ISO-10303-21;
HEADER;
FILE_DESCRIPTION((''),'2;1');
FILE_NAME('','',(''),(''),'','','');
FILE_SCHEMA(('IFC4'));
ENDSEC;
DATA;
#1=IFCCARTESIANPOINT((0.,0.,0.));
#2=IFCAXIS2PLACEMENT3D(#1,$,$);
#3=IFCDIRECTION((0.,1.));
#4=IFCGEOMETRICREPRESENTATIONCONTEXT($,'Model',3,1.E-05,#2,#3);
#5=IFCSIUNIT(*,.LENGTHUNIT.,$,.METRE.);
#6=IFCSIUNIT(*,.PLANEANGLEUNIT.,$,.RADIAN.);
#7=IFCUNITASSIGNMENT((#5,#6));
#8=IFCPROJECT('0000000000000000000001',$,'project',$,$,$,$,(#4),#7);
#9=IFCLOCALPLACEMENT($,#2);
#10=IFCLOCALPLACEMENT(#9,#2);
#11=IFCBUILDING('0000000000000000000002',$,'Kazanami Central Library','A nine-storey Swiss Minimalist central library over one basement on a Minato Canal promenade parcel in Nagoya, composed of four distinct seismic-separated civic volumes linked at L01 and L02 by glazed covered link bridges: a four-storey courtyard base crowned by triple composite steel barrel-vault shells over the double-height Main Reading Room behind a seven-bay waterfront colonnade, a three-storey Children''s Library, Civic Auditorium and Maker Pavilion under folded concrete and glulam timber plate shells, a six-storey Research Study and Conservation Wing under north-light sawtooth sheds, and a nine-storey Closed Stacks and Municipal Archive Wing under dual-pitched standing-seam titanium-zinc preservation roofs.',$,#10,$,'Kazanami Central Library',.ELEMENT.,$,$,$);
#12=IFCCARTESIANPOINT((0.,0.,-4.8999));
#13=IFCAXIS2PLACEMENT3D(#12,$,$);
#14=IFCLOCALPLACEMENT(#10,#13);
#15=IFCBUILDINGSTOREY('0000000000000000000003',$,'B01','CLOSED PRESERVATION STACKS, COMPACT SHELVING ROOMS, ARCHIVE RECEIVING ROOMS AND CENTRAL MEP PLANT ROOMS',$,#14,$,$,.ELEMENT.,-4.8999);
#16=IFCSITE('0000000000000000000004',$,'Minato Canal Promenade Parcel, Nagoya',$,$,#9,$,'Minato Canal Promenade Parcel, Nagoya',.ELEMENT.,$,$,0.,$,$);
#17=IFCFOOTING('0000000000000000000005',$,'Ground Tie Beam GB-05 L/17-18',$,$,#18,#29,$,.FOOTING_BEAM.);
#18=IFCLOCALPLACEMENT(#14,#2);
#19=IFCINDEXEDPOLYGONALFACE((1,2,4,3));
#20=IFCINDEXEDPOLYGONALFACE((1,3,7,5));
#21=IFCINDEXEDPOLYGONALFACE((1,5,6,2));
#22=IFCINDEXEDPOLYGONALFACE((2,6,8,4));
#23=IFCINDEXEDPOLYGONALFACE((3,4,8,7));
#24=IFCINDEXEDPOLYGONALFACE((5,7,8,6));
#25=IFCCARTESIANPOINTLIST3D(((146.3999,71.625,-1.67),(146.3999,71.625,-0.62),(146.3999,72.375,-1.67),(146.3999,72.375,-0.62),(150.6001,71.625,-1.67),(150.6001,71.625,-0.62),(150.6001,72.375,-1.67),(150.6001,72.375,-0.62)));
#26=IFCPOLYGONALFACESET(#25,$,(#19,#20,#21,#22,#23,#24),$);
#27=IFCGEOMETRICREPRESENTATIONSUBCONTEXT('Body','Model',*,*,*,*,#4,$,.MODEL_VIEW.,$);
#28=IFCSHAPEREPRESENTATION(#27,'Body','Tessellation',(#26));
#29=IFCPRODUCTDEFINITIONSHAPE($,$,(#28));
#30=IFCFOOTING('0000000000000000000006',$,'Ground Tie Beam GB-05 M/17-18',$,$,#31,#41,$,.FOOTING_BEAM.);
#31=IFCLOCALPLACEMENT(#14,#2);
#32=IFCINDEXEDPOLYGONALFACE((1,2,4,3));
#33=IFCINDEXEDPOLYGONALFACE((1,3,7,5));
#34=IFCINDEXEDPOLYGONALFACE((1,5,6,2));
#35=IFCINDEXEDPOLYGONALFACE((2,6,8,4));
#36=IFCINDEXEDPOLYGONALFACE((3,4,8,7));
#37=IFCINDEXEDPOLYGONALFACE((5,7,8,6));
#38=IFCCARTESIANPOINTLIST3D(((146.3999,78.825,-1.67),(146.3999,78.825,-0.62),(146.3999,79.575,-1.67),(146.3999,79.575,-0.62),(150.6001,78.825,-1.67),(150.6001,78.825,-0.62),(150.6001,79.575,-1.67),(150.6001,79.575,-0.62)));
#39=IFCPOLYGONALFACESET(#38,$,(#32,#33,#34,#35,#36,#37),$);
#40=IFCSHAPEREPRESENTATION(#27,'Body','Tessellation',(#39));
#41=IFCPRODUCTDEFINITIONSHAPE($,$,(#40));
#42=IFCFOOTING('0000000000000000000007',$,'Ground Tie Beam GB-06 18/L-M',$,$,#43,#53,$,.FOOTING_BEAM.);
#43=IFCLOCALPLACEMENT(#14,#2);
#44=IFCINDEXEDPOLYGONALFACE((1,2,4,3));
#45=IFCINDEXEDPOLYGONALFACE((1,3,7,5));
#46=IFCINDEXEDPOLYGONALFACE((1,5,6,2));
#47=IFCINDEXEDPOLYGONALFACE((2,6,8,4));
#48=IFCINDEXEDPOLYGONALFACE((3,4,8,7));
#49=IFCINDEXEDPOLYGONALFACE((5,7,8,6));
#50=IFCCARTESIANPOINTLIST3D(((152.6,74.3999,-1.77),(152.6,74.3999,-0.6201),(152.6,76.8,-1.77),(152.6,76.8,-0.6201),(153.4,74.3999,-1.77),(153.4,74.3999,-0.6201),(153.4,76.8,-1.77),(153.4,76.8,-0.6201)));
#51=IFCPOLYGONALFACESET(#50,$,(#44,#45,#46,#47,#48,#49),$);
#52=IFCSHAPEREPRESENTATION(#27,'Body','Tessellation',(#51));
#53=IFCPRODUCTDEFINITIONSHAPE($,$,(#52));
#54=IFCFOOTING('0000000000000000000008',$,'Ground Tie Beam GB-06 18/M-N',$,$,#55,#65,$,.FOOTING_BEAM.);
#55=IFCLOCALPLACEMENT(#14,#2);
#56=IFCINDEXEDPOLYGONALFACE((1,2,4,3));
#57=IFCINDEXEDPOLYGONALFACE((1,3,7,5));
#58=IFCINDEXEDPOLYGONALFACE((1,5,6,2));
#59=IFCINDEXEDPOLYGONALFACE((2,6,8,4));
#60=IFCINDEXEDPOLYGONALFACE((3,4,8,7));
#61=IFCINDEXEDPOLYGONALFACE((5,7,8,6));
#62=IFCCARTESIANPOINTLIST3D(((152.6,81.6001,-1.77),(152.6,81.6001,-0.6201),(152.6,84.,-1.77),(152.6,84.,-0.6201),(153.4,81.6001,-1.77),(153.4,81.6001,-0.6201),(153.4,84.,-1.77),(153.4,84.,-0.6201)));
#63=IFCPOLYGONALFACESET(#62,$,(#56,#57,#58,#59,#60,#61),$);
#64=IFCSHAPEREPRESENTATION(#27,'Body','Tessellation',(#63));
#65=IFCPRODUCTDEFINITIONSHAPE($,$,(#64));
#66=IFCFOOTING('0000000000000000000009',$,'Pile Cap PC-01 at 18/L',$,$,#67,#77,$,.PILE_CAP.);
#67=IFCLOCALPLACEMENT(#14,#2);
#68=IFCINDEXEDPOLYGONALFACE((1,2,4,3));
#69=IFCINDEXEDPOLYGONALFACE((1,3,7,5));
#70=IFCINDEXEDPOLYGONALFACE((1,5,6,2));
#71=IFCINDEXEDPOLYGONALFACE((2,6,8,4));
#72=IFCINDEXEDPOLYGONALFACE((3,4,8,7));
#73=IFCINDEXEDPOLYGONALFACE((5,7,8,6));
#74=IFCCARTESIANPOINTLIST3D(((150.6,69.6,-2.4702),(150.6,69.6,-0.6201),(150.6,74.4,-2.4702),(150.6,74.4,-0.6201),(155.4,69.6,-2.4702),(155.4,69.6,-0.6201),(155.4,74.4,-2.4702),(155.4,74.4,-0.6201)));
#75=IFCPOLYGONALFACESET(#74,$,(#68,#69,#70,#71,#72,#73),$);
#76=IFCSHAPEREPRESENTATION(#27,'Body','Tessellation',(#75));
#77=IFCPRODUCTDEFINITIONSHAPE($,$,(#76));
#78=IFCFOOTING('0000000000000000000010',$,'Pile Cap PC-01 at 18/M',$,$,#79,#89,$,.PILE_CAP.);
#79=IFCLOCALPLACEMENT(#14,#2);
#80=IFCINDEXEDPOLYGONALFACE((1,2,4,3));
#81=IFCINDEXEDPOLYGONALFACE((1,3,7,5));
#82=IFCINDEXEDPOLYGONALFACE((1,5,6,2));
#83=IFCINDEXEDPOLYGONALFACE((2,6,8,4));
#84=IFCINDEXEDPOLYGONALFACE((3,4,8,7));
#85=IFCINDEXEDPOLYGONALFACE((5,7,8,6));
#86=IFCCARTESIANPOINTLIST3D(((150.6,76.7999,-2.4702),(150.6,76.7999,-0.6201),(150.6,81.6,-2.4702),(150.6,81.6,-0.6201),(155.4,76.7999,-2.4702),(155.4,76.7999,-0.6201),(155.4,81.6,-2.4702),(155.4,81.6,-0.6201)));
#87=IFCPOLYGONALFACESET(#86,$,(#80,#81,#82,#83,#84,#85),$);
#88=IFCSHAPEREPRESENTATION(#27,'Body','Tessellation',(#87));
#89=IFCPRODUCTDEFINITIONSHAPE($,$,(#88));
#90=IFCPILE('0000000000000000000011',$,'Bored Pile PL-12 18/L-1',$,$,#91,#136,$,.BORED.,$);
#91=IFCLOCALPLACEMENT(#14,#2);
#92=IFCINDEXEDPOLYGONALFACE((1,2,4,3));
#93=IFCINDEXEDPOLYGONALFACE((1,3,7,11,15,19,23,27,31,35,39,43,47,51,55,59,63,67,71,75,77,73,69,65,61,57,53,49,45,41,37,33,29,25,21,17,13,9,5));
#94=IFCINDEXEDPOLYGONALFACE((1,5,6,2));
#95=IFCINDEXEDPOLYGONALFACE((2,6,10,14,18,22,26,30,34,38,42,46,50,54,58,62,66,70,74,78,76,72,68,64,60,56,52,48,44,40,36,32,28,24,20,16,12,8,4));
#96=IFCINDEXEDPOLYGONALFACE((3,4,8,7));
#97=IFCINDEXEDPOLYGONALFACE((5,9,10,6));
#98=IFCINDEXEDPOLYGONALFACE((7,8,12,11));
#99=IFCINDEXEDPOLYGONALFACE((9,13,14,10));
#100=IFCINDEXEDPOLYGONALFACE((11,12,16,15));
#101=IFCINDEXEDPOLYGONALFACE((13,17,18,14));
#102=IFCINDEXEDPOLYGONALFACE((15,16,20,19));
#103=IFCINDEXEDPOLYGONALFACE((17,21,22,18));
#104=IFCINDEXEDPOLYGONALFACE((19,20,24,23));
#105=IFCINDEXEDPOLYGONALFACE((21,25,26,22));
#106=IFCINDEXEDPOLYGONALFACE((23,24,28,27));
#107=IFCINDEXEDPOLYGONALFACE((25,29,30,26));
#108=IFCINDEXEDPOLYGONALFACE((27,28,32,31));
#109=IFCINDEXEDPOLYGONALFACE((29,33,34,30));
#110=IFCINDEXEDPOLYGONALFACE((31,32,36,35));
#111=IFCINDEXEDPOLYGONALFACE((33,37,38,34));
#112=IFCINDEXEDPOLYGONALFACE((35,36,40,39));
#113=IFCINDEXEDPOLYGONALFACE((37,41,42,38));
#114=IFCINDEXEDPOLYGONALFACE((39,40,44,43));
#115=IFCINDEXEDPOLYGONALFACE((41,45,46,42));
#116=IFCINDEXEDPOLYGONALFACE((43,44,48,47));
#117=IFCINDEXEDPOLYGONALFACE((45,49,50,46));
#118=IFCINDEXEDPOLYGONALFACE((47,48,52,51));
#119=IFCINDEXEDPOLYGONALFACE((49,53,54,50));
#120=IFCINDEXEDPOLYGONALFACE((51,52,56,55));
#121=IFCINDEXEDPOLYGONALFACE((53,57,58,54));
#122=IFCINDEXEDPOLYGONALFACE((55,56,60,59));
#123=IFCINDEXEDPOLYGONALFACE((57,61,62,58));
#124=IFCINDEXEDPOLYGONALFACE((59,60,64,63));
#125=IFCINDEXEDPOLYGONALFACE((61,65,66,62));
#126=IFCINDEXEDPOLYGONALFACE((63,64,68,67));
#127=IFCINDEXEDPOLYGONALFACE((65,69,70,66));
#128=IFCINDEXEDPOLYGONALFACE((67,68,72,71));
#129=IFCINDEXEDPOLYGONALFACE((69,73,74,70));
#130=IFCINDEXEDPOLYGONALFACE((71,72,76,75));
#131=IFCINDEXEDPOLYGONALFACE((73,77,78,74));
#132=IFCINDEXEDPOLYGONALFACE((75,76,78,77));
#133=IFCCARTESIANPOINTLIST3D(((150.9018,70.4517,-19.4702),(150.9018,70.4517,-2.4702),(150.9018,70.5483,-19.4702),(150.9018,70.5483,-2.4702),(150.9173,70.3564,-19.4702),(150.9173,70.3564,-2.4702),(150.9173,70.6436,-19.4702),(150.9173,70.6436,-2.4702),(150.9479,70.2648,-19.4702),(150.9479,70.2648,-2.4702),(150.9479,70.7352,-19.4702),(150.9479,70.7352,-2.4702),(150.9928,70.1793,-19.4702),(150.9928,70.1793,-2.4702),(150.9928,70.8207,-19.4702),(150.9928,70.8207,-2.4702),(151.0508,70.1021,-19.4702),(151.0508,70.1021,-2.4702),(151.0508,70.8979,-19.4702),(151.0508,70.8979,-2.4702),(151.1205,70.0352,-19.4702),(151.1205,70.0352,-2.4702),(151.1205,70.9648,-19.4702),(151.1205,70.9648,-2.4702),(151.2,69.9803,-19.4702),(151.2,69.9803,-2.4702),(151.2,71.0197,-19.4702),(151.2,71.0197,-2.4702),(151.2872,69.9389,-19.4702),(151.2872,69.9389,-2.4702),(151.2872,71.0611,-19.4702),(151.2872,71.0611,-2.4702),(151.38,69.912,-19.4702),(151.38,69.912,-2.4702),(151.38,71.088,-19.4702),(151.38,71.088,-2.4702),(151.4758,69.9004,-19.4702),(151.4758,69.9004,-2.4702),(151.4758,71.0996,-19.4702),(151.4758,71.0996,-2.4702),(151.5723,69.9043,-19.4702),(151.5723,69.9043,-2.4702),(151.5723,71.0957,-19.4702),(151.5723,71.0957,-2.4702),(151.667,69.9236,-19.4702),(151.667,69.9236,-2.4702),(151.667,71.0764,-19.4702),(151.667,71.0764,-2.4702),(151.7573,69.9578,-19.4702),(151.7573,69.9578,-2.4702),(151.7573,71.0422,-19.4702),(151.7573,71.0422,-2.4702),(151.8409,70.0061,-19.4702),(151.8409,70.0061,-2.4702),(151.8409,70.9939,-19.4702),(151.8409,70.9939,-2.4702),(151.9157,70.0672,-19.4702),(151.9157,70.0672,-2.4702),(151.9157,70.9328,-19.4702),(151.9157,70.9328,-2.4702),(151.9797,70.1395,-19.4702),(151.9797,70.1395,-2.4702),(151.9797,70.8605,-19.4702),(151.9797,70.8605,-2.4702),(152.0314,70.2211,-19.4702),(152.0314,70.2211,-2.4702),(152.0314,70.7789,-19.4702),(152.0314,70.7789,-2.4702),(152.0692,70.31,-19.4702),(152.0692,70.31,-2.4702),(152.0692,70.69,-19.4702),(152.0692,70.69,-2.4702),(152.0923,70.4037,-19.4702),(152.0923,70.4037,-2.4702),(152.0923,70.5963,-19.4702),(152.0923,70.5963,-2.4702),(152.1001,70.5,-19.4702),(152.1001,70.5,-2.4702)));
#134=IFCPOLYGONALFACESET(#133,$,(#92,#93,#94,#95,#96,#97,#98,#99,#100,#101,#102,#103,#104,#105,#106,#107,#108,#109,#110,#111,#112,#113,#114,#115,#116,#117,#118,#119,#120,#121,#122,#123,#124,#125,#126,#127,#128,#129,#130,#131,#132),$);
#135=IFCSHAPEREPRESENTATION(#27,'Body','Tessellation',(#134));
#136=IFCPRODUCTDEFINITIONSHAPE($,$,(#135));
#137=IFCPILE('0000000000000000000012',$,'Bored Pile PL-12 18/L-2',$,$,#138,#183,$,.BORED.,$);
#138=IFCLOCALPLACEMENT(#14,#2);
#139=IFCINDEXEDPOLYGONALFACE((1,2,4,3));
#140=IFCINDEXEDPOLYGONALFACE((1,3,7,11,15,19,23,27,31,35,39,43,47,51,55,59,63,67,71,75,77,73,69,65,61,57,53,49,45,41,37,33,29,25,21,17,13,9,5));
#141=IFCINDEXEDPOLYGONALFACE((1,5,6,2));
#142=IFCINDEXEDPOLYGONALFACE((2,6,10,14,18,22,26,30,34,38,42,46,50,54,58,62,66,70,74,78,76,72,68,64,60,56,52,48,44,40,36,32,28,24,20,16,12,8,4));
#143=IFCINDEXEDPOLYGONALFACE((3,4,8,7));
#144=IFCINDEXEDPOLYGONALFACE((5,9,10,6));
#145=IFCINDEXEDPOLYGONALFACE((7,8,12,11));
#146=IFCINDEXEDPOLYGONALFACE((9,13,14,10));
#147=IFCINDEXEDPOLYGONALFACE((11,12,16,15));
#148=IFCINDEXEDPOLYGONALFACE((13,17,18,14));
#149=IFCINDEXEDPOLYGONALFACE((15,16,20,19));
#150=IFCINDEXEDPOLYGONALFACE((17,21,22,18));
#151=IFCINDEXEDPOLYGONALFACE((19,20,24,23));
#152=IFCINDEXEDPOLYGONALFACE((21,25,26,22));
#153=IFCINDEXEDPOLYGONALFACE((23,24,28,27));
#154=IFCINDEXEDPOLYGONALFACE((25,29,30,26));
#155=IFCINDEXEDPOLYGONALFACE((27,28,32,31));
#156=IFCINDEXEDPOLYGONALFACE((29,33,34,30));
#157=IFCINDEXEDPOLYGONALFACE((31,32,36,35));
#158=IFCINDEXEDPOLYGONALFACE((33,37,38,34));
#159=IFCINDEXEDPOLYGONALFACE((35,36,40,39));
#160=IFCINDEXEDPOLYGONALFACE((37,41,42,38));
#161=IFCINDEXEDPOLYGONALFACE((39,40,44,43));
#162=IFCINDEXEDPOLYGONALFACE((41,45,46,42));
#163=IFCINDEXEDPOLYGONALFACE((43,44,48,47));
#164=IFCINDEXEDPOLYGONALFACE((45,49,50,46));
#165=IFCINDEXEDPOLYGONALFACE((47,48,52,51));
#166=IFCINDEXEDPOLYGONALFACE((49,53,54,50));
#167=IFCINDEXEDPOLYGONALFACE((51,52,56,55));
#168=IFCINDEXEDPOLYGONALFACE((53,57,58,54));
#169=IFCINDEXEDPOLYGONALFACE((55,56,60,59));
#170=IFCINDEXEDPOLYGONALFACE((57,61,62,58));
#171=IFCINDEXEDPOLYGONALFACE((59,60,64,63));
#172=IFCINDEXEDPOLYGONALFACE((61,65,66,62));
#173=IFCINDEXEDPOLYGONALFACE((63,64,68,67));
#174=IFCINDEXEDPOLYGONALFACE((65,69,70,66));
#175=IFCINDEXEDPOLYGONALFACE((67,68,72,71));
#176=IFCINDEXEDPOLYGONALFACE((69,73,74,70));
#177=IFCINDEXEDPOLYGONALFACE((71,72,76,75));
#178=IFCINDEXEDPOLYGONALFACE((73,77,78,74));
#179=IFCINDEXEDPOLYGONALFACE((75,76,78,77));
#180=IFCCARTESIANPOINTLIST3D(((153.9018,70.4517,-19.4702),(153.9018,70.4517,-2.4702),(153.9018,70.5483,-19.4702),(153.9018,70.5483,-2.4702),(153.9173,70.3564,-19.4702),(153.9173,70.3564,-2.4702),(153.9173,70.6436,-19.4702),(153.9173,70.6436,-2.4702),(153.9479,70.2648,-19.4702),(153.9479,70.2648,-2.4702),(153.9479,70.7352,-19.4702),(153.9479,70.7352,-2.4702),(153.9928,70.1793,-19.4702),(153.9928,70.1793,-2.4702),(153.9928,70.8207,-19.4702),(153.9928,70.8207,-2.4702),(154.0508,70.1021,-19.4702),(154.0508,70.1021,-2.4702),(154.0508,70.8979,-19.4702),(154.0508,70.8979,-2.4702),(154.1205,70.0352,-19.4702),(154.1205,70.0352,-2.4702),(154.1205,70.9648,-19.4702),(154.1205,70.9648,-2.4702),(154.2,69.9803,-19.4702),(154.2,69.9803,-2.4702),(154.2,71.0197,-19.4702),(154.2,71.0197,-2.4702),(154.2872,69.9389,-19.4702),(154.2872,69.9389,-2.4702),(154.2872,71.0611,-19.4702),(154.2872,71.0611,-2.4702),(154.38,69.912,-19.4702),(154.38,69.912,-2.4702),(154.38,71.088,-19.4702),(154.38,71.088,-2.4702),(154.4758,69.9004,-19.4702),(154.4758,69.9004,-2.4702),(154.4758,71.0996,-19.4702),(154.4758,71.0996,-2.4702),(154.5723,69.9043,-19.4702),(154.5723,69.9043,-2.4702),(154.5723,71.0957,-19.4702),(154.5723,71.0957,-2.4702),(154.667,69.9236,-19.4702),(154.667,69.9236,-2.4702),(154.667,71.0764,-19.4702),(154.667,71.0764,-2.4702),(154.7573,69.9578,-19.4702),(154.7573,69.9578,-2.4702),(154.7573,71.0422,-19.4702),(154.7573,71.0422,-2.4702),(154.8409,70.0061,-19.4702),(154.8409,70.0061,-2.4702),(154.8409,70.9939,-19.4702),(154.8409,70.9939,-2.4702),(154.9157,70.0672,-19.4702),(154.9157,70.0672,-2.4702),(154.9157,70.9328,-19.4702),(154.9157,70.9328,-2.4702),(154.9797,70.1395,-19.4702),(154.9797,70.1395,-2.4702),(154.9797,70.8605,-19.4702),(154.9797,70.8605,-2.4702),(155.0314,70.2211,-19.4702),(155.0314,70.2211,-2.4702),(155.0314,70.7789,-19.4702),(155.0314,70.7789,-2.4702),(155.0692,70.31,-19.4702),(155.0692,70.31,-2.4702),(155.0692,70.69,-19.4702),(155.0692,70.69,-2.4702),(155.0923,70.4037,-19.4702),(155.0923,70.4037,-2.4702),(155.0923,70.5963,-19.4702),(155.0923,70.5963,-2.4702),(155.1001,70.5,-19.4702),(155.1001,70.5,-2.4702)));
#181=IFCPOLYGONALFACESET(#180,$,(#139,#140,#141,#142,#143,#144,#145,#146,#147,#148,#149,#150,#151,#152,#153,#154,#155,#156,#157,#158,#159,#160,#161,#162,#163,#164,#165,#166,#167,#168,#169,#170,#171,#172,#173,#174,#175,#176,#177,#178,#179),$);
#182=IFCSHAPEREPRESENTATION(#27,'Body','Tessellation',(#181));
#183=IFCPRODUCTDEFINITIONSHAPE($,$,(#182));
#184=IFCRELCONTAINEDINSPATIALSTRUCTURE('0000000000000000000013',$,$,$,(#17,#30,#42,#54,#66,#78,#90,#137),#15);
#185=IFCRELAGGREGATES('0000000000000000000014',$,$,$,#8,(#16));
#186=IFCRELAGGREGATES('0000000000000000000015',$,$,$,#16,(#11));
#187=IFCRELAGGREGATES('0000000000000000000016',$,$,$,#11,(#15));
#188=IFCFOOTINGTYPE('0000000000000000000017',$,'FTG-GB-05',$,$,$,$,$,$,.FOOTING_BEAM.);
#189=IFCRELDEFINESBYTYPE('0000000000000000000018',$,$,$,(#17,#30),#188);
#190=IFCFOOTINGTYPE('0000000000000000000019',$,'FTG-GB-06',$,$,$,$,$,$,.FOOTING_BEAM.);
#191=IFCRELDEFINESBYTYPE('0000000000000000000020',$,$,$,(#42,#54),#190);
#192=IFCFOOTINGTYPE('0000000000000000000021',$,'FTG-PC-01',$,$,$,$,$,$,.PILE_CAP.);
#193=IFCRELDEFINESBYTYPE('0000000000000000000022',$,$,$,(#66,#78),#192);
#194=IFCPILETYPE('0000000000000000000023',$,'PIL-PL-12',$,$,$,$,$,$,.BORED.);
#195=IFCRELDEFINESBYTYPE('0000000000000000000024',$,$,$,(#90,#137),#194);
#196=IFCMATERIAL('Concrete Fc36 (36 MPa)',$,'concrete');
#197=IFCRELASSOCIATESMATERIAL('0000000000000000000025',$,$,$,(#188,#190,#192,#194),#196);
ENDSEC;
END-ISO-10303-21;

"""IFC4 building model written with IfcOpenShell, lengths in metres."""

from ifc_helpers import new_model, si_unit, direction, frame, origin, origin_2d, place, context, subcontext, project, spatial, rectangle, circle, extrude, material, material_profile, profile_set, type_object, element, save


model = new_model("IFC4")

# Units and contexts
model_context = context("Model", 3, precision=1e-05, world=origin(), true_north=direction((0.0, 1.0)))
body_context = subcontext(model_context, "Body", "Model", "MODEL_VIEW")
ifc_project = project(units=[si_unit("LENGTHUNIT", "METRE"), si_unit("PLANEANGLEUNIT", "RADIAN")], contexts=[model_context])

# Site, building, storey
site_placement = place(None, origin())
site = spatial("IfcSite", under=ifc_project, at=site_placement, Name="Minato Canal Promenade Parcel, Nagoya", LongName="Minato Canal Promenade Parcel, Nagoya", CompositionType="ELEMENT", RefElevation=0.0)
building_placement = place(site_placement, origin())
building = spatial("IfcBuilding", under=site, at=building_placement, Name="Kazanami Central Library", Description="A nine-storey Swiss Minimalist central library over one basement on a Minato Canal promenade parcel in Nagoya, composed of four distinct seismic-separated civic volumes linked at L01 and L02 by glazed covered link bridges: a four-storey courtyard base crowned by triple composite steel barrel-vault shells over the double-height Main Reading Room behind a seven-bay waterfront colonnade, a three-storey Children's Library, Civic Auditorium and Maker Pavilion under folded concrete and glulam timber plate shells, a six-storey Research Study and Conservation Wing under north-light sawtooth sheds, and a nine-storey Closed Stacks and Municipal Archive Wing under dual-pitched standing-seam titanium-zinc preservation roofs.", LongName="Kazanami Central Library", CompositionType="ELEMENT")
storey_placement = place(building_placement, frame((0.0, 0.0, -4.8999)))
storey = spatial("IfcBuildingStorey", under=building, at=storey_placement, Name="B01", Description="CLOSED PRESERVATION STACKS, COMPACT SHELVING ROOMS, ARCHIVE RECEIVING ROOMS AND CENTRAL MEP PLANT ROOMS", CompositionType="ELEMENT", Elevation=-4.8999)

# Footings
ifc_material_1 = material(Name="Concrete Fc36 (36 MPa)", Category="concrete")
ifc_material_profile_1 = material_profile(ifc_material_1, rectangle(XDim=0.75, YDim=1.05, at=origin_2d()), Name="RC-750x1050")
ifc_profile_set_1 = profile_set([ifc_material_profile_1], Name="Concrete Fc36 (36 MPa)")
footing_type_1 = type_object("IfcFootingType", Name="FTG-GB-05", PredefinedType="FOOTING_BEAM", material=ifc_profile_set_1)
for number, where, z_axis, x_axis, name in (
    (1, (146.3999, 72.0, -1.145), (1.0, 0.0, 0.0), (0.0, 1.0, 0.0), "Ground Tie Beam GB-05 L/17-18"),
    (2, (146.3999, 79.2, -1.145), (1.0, 0.0, 0.0), (0.0, 1.0, 0.0), "Ground Tie Beam GB-05 M/17-18"),
):
    element("IfcFooting", number, at=place(storey_placement, frame(where, z_axis=z_axis, x_axis=x_axis)), inside=storey, type_object=footing_type_1, Name=name, PredefinedType="FOOTING_BEAM", context=body_context, shape_type="SweptSolid", body=[
        extrude(rectangle(XDim=0.75, YDim=1.05, at=origin_2d()), origin(), (0.0, 0.0, 1.0), 4.2002),
    ])
ifc_material_profile_2 = material_profile(ifc_material_1, rectangle(XDim=0.8, YDim=1.1499, at=origin_2d()), Name="RC-800x1150")
ifc_profile_set_2 = profile_set([ifc_material_profile_2], Name="Concrete Fc36 (36 MPa)")
footing_type_2 = type_object("IfcFootingType", Name="FTG-GB-06", PredefinedType="FOOTING_BEAM", material=ifc_profile_set_2)
footing_1_placement = place(storey_placement, frame((153.0, 74.3999, -1.1951), z_axis=(0.0, 1.0, 0.0), x_axis=(-1.0, 0.0, 0.0)))
element("IfcFooting", 3, at=footing_1_placement, inside=storey, type_object=footing_type_2, Name="Ground Tie Beam GB-06 18/L-M", PredefinedType="FOOTING_BEAM", context=body_context, shape_type="SweptSolid", body=[
    extrude(rectangle(XDim=0.8, YDim=1.1499, at=origin_2d()), origin(), (0.0, 0.0, 1.0), 2.4001),
])
footing_2_placement = place(storey_placement, frame((153.0, 81.6001, -1.1951), z_axis=(0.0, 1.0, 0.0), x_axis=(-1.0, 0.0, 0.0)))
element("IfcFooting", 4, at=footing_2_placement, inside=storey, type_object=footing_type_2, Name="Ground Tie Beam GB-06 18/M-N", PredefinedType="FOOTING_BEAM", context=body_context, shape_type="SweptSolid", body=[
    extrude(rectangle(XDim=0.8, YDim=1.1499, at=origin_2d()), origin(), (0.0, 0.0, 1.0), 2.3999),
])
footing_type_3 = type_object("IfcFootingType", Name="FTG-PC-01", PredefinedType="PILE_CAP", material=ifc_material_1)
for number, where, z_axis, x_axis, name in (
    (5, (153.0, 72.0, -2.4702), (0.0, 0.0, 1.0), (1.0, 0.0, 0.0), "Pile Cap PC-01 at 18/L"),
    (6, (153.0, 79.2, -2.4702), (0.0, 0.0, 1.0), (1.0, 0.0, 0.0), "Pile Cap PC-01 at 18/M"),
):
    element("IfcFooting", number, at=place(storey_placement, frame(where, z_axis=z_axis, x_axis=x_axis)), inside=storey, type_object=footing_type_3, Name=name, PredefinedType="PILE_CAP", context=body_context, shape_type="SweptSolid", body=[
        extrude(rectangle(XDim=4.8, YDim=4.8, at=origin_2d()), origin(), (0.0, 0.0, 1.0), 1.8501),
    ])

# Piles
ifc_material_profile_3 = material_profile(ifc_material_1, circle(Radius=0.6001, at=origin_2d()), Name="BORED-D1200")
ifc_profile_set_3 = profile_set([ifc_material_profile_3], Name="Concrete Fc36 (36 MPa)")
pile_type = type_object("IfcPileType", Name="PIL-PL-12", PredefinedType="BORED", material=ifc_profile_set_3)
for number, where, z_axis, x_axis, name in (
    (7, (151.5, 70.5, -2.4702), (0.0, 0.0, -1.0), (1.0, 0.0, 0.0), "Bored Pile PL-12 18/L-1"),
    (8, (154.5, 70.5, -2.4702), (0.0, 0.0, -1.0), (1.0, 0.0, 0.0), "Bored Pile PL-12 18/L-2"),
):
    element("IfcPile", number, at=place(storey_placement, frame(where, z_axis=z_axis, x_axis=x_axis)), inside=storey, type_object=pile_type, Name=name, PredefinedType="BORED", context=body_context, shape_type="SweptSolid", body=[
        extrude(circle(Radius=0.6001, at=origin_2d()), origin(), (0.0, 0.0, 1.0), 17.0),
    ])

save(model, "model.ifc")
